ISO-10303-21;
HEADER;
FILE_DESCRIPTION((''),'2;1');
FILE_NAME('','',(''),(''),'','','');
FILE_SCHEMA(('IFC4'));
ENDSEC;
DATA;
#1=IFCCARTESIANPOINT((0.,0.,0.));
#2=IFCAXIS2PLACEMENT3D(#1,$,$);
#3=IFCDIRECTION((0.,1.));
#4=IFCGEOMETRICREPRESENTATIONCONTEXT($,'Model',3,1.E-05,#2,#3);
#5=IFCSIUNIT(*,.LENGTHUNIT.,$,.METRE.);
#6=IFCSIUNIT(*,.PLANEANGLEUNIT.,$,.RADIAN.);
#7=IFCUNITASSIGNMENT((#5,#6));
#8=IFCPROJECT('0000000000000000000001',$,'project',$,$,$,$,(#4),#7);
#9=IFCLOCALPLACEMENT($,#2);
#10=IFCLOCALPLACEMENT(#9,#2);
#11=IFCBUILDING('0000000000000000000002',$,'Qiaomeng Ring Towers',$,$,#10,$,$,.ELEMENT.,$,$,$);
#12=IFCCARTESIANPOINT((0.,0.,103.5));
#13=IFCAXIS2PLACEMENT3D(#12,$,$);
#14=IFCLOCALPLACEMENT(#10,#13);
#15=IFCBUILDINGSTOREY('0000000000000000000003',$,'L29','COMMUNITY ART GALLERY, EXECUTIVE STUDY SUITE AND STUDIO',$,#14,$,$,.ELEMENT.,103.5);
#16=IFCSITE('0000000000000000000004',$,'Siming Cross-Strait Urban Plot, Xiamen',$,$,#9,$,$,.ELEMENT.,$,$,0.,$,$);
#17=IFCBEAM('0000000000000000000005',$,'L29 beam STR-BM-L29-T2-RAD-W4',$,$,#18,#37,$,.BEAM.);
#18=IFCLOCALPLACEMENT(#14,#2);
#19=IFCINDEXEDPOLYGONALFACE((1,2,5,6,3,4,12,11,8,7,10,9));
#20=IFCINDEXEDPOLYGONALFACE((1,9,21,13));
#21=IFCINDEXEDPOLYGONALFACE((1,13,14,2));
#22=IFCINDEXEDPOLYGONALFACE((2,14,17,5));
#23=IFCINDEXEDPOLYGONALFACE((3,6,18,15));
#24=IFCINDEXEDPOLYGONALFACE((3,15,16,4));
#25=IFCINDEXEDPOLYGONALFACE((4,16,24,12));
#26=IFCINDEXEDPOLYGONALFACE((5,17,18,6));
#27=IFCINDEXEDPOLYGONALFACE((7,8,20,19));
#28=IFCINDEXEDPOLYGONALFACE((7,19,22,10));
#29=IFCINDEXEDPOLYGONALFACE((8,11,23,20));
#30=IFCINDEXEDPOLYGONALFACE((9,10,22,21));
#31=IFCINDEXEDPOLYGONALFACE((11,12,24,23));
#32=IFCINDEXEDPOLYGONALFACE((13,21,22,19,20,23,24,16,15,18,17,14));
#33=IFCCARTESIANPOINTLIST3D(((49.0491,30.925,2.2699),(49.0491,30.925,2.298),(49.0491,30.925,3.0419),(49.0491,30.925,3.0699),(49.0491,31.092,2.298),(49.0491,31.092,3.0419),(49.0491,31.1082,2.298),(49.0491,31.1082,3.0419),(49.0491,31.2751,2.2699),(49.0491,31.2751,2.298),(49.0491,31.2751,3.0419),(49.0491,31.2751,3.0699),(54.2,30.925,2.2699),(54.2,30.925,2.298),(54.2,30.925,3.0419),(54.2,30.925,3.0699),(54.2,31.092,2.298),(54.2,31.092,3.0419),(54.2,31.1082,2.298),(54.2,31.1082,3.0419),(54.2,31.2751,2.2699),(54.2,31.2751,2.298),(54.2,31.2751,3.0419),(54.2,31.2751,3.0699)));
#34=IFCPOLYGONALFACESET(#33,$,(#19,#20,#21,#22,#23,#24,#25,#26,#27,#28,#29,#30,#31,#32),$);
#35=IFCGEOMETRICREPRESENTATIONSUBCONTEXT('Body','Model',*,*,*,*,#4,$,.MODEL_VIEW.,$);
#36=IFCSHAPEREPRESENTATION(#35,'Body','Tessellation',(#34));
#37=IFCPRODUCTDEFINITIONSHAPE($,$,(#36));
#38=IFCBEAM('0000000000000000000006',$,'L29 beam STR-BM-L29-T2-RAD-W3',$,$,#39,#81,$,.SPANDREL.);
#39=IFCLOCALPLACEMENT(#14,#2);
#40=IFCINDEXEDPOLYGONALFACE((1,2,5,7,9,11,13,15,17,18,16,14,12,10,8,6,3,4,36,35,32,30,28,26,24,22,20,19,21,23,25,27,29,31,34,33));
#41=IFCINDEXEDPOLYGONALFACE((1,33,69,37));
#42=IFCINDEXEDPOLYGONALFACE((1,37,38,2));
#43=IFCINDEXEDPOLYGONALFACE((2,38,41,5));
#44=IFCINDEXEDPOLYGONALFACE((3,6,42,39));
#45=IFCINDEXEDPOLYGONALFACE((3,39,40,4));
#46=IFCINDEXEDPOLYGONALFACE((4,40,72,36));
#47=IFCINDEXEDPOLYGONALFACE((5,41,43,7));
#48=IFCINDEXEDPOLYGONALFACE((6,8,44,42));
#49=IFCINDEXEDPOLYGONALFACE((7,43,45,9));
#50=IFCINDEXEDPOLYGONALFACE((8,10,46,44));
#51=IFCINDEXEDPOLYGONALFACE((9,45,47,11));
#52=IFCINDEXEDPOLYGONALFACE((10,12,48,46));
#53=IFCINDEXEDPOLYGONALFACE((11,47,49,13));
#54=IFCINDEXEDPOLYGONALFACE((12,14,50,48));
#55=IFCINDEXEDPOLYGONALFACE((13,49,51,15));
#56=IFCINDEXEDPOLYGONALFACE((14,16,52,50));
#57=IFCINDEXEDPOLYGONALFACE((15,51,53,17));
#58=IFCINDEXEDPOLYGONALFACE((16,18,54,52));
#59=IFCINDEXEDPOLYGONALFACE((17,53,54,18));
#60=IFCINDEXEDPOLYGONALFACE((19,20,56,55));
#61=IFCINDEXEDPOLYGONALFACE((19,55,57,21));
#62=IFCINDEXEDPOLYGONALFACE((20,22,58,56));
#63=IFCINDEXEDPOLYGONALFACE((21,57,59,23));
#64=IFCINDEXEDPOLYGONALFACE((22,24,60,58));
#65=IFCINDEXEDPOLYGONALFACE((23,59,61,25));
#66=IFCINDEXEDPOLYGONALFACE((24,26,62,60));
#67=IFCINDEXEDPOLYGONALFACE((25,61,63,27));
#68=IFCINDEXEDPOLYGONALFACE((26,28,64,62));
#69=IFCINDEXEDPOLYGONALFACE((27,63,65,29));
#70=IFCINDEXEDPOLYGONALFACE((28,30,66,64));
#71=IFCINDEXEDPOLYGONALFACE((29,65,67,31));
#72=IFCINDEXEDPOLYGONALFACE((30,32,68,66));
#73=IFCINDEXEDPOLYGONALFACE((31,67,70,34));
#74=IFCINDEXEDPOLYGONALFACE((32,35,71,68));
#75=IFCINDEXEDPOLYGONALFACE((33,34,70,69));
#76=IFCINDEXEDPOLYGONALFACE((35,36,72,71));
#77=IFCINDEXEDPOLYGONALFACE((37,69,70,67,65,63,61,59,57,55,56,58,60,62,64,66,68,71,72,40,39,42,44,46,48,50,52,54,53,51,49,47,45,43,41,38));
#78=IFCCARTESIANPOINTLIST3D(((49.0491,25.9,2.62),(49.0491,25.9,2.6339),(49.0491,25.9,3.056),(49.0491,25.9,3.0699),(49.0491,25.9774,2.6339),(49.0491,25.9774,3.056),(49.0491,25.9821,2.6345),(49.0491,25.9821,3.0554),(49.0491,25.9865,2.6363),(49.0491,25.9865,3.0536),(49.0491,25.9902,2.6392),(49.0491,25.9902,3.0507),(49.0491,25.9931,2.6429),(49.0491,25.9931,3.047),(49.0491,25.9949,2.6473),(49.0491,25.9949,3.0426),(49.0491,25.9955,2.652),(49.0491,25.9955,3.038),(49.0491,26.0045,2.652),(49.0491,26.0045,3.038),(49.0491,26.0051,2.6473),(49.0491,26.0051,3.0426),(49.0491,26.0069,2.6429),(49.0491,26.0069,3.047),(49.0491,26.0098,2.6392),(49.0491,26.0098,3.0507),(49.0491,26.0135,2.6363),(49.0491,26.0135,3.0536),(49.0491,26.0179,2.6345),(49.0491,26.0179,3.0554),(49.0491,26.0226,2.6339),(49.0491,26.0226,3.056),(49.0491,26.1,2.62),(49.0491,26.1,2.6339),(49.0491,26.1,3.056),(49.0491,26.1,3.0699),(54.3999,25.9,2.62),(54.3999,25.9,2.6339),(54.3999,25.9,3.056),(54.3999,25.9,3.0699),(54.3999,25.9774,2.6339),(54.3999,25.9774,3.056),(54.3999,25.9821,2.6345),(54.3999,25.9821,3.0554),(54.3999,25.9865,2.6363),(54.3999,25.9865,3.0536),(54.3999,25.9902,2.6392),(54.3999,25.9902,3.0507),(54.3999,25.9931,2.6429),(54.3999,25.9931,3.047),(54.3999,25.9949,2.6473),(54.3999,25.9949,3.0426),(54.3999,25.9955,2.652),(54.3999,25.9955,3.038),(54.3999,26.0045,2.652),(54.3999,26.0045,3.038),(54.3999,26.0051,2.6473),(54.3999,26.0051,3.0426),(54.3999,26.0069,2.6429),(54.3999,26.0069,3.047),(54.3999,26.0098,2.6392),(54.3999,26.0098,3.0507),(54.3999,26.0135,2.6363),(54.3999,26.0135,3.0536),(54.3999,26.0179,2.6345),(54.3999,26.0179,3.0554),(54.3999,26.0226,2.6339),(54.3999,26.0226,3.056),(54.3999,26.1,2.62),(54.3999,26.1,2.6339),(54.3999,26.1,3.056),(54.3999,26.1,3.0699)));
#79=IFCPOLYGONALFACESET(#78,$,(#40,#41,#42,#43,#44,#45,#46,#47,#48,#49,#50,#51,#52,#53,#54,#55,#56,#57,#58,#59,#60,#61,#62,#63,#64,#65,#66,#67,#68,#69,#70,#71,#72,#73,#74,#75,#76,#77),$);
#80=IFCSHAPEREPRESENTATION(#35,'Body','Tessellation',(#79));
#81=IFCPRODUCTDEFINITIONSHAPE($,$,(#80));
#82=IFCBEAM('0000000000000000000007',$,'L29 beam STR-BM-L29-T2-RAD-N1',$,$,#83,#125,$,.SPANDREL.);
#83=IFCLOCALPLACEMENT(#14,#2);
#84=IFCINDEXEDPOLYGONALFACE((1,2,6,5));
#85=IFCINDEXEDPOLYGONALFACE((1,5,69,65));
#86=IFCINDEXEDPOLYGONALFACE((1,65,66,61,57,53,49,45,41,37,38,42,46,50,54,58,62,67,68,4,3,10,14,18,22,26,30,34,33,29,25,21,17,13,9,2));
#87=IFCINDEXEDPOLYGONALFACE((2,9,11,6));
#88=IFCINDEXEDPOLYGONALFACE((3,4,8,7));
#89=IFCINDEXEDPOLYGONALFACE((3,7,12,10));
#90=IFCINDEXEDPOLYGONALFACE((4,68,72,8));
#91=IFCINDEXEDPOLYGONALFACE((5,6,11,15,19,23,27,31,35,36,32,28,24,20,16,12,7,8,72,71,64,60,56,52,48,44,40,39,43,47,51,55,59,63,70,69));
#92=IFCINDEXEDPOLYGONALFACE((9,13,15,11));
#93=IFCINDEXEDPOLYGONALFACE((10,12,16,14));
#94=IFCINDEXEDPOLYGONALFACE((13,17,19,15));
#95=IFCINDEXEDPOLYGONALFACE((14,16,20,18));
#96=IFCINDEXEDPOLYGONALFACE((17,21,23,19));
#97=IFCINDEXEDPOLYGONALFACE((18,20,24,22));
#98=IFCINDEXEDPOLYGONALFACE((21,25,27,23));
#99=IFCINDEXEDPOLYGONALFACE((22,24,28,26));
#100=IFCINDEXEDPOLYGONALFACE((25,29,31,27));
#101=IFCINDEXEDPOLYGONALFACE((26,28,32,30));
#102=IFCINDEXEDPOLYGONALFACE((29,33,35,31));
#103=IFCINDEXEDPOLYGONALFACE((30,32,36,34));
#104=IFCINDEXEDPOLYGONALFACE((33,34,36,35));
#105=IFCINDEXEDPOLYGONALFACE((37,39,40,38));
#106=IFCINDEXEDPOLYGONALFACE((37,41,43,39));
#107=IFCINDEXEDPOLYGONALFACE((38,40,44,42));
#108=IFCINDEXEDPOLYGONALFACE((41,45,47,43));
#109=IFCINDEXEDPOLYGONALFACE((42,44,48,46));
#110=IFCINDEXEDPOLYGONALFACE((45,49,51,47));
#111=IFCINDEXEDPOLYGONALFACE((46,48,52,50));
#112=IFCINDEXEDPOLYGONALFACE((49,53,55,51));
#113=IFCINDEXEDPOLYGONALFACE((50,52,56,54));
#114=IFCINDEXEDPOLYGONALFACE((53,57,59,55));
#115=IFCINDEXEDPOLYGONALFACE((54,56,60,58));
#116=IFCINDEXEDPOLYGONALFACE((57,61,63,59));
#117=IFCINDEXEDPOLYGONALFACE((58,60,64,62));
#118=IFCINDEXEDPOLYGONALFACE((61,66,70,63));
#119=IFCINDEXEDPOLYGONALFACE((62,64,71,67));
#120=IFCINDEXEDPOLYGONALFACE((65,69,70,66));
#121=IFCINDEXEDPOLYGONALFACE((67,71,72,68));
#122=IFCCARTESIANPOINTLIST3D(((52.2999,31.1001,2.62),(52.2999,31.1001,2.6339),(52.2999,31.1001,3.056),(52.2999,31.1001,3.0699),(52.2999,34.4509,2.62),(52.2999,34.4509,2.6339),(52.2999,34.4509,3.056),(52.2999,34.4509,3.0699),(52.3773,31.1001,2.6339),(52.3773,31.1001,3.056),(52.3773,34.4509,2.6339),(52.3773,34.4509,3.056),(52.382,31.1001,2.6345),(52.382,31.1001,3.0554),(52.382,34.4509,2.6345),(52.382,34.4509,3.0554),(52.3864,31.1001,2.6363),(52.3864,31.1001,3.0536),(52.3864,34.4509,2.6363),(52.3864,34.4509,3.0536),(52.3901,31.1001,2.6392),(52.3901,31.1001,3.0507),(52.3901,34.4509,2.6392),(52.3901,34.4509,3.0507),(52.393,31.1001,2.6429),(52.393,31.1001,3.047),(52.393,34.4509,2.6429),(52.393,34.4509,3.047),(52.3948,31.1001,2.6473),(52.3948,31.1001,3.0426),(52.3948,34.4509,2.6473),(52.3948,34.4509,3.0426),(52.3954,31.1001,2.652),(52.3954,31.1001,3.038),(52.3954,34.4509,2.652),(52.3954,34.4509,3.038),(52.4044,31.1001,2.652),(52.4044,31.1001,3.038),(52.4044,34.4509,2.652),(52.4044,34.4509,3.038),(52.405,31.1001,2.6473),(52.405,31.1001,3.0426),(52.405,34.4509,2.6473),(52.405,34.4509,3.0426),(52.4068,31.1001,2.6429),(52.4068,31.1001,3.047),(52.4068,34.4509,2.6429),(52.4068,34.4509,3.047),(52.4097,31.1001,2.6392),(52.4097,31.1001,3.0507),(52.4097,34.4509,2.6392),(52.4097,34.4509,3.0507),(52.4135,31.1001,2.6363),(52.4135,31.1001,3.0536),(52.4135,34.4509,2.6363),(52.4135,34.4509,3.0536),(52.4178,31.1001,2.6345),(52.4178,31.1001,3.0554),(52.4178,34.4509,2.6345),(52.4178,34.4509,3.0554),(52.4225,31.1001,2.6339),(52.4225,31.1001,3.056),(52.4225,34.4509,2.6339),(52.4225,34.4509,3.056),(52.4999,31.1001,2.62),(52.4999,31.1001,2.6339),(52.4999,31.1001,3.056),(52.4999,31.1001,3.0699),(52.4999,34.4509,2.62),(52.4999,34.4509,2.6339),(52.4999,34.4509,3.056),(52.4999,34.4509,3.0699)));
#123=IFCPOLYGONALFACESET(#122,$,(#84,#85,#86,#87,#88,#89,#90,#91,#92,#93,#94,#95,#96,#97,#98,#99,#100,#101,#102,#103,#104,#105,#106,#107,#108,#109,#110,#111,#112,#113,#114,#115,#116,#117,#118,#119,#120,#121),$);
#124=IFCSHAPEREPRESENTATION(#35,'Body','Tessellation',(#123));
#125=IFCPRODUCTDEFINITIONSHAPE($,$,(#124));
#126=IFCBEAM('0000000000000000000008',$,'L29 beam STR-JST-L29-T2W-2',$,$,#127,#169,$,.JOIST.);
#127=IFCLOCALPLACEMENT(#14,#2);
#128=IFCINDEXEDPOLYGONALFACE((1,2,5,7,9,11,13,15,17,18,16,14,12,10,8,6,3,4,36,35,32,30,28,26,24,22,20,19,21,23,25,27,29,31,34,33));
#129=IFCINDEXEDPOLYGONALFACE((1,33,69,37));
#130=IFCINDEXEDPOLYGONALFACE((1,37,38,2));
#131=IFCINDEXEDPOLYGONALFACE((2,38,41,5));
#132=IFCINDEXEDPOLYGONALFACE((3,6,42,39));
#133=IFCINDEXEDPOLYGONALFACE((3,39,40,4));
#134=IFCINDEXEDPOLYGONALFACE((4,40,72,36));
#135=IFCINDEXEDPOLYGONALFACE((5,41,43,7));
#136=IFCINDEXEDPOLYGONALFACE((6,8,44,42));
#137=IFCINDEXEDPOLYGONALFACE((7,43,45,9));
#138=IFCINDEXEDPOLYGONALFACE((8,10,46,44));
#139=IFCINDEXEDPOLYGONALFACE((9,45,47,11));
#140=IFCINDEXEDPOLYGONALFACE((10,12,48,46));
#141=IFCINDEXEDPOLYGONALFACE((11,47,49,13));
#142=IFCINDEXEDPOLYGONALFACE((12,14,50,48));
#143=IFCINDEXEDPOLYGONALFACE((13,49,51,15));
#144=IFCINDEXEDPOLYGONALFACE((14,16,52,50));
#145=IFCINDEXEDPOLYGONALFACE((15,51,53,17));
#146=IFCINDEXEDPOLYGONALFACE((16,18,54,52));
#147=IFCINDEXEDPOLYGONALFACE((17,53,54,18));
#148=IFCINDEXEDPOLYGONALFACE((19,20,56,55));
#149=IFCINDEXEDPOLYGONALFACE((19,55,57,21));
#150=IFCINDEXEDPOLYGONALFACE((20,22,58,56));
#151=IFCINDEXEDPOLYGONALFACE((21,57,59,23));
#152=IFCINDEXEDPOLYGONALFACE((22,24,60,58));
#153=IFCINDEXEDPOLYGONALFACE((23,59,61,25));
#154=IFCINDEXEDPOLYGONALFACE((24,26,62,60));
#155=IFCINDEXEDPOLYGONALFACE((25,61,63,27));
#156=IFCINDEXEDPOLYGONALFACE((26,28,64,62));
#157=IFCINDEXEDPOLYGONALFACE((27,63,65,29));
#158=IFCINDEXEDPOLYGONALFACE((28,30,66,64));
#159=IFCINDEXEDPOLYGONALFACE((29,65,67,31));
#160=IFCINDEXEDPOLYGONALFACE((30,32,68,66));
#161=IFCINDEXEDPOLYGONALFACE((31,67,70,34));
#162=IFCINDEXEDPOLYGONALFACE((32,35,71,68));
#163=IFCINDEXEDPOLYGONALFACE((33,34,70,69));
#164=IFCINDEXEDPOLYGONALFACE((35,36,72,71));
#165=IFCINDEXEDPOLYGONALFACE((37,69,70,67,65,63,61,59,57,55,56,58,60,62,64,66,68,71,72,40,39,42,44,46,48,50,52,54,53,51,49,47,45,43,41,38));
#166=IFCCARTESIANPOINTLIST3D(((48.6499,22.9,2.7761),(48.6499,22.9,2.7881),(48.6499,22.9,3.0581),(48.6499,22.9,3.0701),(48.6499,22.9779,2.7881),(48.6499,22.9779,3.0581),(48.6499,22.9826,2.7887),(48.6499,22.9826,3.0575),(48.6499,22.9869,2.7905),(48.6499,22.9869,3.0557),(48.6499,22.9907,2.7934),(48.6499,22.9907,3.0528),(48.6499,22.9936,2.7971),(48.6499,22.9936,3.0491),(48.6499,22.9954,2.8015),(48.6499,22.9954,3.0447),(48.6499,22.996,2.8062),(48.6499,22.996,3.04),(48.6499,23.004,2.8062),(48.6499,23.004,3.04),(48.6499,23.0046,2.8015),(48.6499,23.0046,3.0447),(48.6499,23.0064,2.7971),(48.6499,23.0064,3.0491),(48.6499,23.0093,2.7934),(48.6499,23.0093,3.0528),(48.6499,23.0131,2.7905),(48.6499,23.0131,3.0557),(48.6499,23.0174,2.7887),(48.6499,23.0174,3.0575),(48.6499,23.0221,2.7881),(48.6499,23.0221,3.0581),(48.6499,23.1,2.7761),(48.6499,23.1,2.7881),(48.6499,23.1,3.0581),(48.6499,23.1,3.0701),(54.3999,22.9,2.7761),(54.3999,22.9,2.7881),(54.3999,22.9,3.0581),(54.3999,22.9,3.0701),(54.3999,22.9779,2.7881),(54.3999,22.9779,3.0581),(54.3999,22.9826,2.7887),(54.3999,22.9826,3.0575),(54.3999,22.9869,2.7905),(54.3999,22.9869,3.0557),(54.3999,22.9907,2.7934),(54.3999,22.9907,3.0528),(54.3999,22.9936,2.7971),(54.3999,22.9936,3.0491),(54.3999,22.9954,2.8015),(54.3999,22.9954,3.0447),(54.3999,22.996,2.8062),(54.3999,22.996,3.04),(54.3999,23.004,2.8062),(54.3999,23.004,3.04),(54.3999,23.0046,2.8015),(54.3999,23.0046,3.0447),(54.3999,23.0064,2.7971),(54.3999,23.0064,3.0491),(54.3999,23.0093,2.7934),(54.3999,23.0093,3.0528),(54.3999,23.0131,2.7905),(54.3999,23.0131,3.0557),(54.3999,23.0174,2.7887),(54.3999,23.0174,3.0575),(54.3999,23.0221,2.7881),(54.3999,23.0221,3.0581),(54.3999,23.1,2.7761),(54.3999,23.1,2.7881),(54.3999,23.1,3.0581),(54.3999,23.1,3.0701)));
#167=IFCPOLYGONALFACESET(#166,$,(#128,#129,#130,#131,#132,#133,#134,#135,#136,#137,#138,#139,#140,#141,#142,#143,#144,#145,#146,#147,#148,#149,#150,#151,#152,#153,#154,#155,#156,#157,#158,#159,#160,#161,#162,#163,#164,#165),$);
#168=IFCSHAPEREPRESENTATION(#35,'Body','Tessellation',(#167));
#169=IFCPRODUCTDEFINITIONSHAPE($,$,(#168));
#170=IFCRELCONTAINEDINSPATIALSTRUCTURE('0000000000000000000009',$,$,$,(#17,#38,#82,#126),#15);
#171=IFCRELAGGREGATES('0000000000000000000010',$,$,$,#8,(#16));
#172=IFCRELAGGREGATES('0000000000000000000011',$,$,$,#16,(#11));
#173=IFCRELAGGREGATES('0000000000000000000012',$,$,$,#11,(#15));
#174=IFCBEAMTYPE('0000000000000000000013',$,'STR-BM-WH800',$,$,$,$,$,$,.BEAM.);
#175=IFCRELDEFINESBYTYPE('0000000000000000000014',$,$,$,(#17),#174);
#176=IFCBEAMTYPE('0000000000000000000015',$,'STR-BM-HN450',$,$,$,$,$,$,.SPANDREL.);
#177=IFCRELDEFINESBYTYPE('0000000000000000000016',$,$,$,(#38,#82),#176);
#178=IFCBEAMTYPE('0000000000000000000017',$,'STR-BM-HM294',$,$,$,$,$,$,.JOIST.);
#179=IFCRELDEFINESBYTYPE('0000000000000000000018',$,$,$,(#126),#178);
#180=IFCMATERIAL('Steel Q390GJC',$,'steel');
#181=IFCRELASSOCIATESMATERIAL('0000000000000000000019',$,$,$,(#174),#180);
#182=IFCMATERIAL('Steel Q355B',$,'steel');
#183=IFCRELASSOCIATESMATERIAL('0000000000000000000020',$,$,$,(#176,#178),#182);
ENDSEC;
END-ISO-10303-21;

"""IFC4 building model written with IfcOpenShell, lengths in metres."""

from ifc_helpers import new_model, si_unit, direction, frame, origin, origin_2d, place, context, subcontext, project, spatial, i_section, extrude, source, transform, mapped, material, material_profile, profile_set, type_object, element, save


model = new_model("IFC4")

# Units and contexts
model_context = context("Model", 3, precision=1e-05, world=origin(), true_north=direction((0.0, 1.0)))
body_context = subcontext(model_context, "Body", "Model", "MODEL_VIEW")
ifc_project = project(units=[si_unit("LENGTHUNIT", "METRE"), si_unit("PLANEANGLEUNIT", "RADIAN")], contexts=[model_context])

# Site, building, storey
site_placement = place(None, origin())
site = spatial("IfcSite", under=ifc_project, at=site_placement, Name="Siming Cross-Strait Urban Plot, Xiamen", CompositionType="ELEMENT", RefElevation=0.0)
building_placement = place(site_placement, origin())
building = spatial("IfcBuilding", under=site, at=building_placement, Name="Qiaomeng Ring Towers", CompositionType="ELEMENT")
storey_placement = place(building_placement, frame((0.0, 0.0, 103.5)))
storey = spatial("IfcBuildingStorey", under=building, at=storey_placement, Name="L29", Description="COMMUNITY ART GALLERY, EXECUTIVE STUDY SUITE AND STUDIO", CompositionType="ELEMENT", Elevation=103.5)

# Beams
ifc_material_1 = material(Name="Steel Q355B", Category="steel")
ifc_material_2 = material(Name="Steel Q390GJC", Category="steel")
ifc_material_profile_1 = material_profile(ifc_material_2, i_section(OverallWidth=0.3501, OverallDepth=0.8, WebThickness=0.0161, FlangeThickness=0.0281, at=origin_2d()), Name="WH 800x350x16x28")
ifc_profile_set_1 = profile_set([ifc_material_profile_1], Name="Steel Q390GJC")
beam_type_1 = type_object("IfcBeamType", Name="STR-BM-WH800", PredefinedType="BEAM", material=ifc_profile_set_1)
shared_shape_1 = source(origin(), body_context, "Body", "SweptSolid", [
    extrude(i_section(OverallWidth=0.3501, OverallDepth=0.8, WebThickness=0.0161, FlangeThickness=0.0281, at=origin_2d()), origin(), (0.0, 0.0, 1.0), 5.1509),
])
beam_1_placement = place(storey_placement, frame((49.0491, 31.1001, 2.6699), z_axis=(1.0, 0.0, 0.0), x_axis=(0.0, 1.0, 0.0)))
element("IfcBeam", 1, at=beam_1_placement, inside=storey, type_object=beam_type_1, Name="L29 beam STR-BM-L29-T2-RAD-W4", PredefinedType="BEAM", context=body_context, shape_type="MappedRepresentation", body=[
    mapped(shared_shape_1, transform((0.0, 0.0, 0.0), x_axis=(1.0, 0.0, 0.0), y_axis=(0.0, 1.0, 0.0), z_axis=(0.0, 0.0, 1.0), scale=1.0)),
])
ifc_material_profile_2 = material_profile(ifc_material_1, i_section(OverallWidth=0.2, OverallDepth=0.45, WebThickness=0.009, FlangeThickness=0.0139, FilletRadius=0.0181, at=origin_2d()), Name="HN 450x200x9x14")
ifc_profile_set_2 = profile_set([ifc_material_profile_2], Name="Steel Q355B")
beam_type_2 = type_object("IfcBeamType", Name="STR-BM-HN450", PredefinedType="SPANDREL", material=ifc_profile_set_2)
shared_shape_2 = source(origin(), body_context, "Body", "SweptSolid", [
    extrude(i_section(OverallWidth=0.2, OverallDepth=0.45, WebThickness=0.009, FlangeThickness=0.0139, FilletRadius=0.0181, at=origin_2d()), origin(), (0.0, 0.0, 1.0), 5.3508),
])
beam_2_placement = place(storey_placement, frame((49.0491, 26.0, 2.845), z_axis=(1.0, 0.0, 0.0), x_axis=(0.0, 1.0, 0.0)))
element("IfcBeam", 2, at=beam_2_placement, inside=storey, type_object=beam_type_2, Name="L29 beam STR-BM-L29-T2-RAD-W3", PredefinedType="SPANDREL", context=body_context, shape_type="MappedRepresentation", body=[
    mapped(shared_shape_2, transform((0.0, 0.0, 0.0), x_axis=(1.0, 0.0, 0.0), y_axis=(0.0, 1.0, 0.0), z_axis=(0.0, 0.0, 1.0), scale=1.0)),
])
shared_shape_3 = source(origin(), body_context, "Body", "SweptSolid", [
    extrude(i_section(OverallWidth=0.2, OverallDepth=0.45, WebThickness=0.009, FlangeThickness=0.0139, FilletRadius=0.0181, at=origin_2d()), origin(), (0.0, 0.0, 1.0), 3.3508),
])
beam_3_placement = place(storey_placement, frame((52.3999, 34.4509, 2.845), z_axis=(0.0, -1.0, 0.0), x_axis=(1.0, 0.0, 0.0)))
element("IfcBeam", 3, at=beam_3_placement, inside=storey, type_object=beam_type_2, Name="L29 beam STR-BM-L29-T2-RAD-N1", PredefinedType="SPANDREL", context=body_context, shape_type="MappedRepresentation", body=[
    mapped(shared_shape_3, transform((0.0, 0.0, 0.0), x_axis=(1.0, 0.0, 0.0), y_axis=(0.0, 1.0, 0.0), z_axis=(0.0, 0.0, 1.0), scale=1.0)),
])
ifc_material_profile_3 = material_profile(ifc_material_1, i_section(OverallWidth=0.2, OverallDepth=0.2939, WebThickness=0.0081, FlangeThickness=0.012, FilletRadius=0.0181, at=origin_2d()), Name="HM 294x200x8x12")
ifc_profile_set_3 = profile_set([ifc_material_profile_3], Name="Steel Q355B")
beam_type_3 = type_object("IfcBeamType", Name="STR-BM-HM294", PredefinedType="JOIST", material=ifc_profile_set_3)
shared_shape_4 = source(origin(), body_context, "Body", "SweptSolid", [
    extrude(i_section(OverallWidth=0.2, OverallDepth=0.2939, WebThickness=0.0081, FlangeThickness=0.012, FilletRadius=0.0181, at=origin_2d()), origin(), (0.0, 0.0, 1.0), 5.75),
])
for number, where, z_axis, x_axis, name in (
    (4, (48.6499, 23.0, 2.9231), (1.0, 0.0, 0.0), (0.0, 1.0, 0.0), "L29 beam STR-JST-L29-T2W-2"),
):
    element("IfcBeam", number, at=place(storey_placement, frame(where, z_axis=z_axis, x_axis=x_axis)), inside=storey, type_object=beam_type_3, Name=name, PredefinedType="JOIST", context=body_context, shape_type="MappedRepresentation", body=[
        mapped(shared_shape_4, transform((0.0, 0.0, 0.0), x_axis=(1.0, 0.0, 0.0), y_axis=(0.0, 1.0, 0.0), z_axis=(0.0, 0.0, 1.0), scale=1.0)),
    ])

save(model, "model.ifc")
